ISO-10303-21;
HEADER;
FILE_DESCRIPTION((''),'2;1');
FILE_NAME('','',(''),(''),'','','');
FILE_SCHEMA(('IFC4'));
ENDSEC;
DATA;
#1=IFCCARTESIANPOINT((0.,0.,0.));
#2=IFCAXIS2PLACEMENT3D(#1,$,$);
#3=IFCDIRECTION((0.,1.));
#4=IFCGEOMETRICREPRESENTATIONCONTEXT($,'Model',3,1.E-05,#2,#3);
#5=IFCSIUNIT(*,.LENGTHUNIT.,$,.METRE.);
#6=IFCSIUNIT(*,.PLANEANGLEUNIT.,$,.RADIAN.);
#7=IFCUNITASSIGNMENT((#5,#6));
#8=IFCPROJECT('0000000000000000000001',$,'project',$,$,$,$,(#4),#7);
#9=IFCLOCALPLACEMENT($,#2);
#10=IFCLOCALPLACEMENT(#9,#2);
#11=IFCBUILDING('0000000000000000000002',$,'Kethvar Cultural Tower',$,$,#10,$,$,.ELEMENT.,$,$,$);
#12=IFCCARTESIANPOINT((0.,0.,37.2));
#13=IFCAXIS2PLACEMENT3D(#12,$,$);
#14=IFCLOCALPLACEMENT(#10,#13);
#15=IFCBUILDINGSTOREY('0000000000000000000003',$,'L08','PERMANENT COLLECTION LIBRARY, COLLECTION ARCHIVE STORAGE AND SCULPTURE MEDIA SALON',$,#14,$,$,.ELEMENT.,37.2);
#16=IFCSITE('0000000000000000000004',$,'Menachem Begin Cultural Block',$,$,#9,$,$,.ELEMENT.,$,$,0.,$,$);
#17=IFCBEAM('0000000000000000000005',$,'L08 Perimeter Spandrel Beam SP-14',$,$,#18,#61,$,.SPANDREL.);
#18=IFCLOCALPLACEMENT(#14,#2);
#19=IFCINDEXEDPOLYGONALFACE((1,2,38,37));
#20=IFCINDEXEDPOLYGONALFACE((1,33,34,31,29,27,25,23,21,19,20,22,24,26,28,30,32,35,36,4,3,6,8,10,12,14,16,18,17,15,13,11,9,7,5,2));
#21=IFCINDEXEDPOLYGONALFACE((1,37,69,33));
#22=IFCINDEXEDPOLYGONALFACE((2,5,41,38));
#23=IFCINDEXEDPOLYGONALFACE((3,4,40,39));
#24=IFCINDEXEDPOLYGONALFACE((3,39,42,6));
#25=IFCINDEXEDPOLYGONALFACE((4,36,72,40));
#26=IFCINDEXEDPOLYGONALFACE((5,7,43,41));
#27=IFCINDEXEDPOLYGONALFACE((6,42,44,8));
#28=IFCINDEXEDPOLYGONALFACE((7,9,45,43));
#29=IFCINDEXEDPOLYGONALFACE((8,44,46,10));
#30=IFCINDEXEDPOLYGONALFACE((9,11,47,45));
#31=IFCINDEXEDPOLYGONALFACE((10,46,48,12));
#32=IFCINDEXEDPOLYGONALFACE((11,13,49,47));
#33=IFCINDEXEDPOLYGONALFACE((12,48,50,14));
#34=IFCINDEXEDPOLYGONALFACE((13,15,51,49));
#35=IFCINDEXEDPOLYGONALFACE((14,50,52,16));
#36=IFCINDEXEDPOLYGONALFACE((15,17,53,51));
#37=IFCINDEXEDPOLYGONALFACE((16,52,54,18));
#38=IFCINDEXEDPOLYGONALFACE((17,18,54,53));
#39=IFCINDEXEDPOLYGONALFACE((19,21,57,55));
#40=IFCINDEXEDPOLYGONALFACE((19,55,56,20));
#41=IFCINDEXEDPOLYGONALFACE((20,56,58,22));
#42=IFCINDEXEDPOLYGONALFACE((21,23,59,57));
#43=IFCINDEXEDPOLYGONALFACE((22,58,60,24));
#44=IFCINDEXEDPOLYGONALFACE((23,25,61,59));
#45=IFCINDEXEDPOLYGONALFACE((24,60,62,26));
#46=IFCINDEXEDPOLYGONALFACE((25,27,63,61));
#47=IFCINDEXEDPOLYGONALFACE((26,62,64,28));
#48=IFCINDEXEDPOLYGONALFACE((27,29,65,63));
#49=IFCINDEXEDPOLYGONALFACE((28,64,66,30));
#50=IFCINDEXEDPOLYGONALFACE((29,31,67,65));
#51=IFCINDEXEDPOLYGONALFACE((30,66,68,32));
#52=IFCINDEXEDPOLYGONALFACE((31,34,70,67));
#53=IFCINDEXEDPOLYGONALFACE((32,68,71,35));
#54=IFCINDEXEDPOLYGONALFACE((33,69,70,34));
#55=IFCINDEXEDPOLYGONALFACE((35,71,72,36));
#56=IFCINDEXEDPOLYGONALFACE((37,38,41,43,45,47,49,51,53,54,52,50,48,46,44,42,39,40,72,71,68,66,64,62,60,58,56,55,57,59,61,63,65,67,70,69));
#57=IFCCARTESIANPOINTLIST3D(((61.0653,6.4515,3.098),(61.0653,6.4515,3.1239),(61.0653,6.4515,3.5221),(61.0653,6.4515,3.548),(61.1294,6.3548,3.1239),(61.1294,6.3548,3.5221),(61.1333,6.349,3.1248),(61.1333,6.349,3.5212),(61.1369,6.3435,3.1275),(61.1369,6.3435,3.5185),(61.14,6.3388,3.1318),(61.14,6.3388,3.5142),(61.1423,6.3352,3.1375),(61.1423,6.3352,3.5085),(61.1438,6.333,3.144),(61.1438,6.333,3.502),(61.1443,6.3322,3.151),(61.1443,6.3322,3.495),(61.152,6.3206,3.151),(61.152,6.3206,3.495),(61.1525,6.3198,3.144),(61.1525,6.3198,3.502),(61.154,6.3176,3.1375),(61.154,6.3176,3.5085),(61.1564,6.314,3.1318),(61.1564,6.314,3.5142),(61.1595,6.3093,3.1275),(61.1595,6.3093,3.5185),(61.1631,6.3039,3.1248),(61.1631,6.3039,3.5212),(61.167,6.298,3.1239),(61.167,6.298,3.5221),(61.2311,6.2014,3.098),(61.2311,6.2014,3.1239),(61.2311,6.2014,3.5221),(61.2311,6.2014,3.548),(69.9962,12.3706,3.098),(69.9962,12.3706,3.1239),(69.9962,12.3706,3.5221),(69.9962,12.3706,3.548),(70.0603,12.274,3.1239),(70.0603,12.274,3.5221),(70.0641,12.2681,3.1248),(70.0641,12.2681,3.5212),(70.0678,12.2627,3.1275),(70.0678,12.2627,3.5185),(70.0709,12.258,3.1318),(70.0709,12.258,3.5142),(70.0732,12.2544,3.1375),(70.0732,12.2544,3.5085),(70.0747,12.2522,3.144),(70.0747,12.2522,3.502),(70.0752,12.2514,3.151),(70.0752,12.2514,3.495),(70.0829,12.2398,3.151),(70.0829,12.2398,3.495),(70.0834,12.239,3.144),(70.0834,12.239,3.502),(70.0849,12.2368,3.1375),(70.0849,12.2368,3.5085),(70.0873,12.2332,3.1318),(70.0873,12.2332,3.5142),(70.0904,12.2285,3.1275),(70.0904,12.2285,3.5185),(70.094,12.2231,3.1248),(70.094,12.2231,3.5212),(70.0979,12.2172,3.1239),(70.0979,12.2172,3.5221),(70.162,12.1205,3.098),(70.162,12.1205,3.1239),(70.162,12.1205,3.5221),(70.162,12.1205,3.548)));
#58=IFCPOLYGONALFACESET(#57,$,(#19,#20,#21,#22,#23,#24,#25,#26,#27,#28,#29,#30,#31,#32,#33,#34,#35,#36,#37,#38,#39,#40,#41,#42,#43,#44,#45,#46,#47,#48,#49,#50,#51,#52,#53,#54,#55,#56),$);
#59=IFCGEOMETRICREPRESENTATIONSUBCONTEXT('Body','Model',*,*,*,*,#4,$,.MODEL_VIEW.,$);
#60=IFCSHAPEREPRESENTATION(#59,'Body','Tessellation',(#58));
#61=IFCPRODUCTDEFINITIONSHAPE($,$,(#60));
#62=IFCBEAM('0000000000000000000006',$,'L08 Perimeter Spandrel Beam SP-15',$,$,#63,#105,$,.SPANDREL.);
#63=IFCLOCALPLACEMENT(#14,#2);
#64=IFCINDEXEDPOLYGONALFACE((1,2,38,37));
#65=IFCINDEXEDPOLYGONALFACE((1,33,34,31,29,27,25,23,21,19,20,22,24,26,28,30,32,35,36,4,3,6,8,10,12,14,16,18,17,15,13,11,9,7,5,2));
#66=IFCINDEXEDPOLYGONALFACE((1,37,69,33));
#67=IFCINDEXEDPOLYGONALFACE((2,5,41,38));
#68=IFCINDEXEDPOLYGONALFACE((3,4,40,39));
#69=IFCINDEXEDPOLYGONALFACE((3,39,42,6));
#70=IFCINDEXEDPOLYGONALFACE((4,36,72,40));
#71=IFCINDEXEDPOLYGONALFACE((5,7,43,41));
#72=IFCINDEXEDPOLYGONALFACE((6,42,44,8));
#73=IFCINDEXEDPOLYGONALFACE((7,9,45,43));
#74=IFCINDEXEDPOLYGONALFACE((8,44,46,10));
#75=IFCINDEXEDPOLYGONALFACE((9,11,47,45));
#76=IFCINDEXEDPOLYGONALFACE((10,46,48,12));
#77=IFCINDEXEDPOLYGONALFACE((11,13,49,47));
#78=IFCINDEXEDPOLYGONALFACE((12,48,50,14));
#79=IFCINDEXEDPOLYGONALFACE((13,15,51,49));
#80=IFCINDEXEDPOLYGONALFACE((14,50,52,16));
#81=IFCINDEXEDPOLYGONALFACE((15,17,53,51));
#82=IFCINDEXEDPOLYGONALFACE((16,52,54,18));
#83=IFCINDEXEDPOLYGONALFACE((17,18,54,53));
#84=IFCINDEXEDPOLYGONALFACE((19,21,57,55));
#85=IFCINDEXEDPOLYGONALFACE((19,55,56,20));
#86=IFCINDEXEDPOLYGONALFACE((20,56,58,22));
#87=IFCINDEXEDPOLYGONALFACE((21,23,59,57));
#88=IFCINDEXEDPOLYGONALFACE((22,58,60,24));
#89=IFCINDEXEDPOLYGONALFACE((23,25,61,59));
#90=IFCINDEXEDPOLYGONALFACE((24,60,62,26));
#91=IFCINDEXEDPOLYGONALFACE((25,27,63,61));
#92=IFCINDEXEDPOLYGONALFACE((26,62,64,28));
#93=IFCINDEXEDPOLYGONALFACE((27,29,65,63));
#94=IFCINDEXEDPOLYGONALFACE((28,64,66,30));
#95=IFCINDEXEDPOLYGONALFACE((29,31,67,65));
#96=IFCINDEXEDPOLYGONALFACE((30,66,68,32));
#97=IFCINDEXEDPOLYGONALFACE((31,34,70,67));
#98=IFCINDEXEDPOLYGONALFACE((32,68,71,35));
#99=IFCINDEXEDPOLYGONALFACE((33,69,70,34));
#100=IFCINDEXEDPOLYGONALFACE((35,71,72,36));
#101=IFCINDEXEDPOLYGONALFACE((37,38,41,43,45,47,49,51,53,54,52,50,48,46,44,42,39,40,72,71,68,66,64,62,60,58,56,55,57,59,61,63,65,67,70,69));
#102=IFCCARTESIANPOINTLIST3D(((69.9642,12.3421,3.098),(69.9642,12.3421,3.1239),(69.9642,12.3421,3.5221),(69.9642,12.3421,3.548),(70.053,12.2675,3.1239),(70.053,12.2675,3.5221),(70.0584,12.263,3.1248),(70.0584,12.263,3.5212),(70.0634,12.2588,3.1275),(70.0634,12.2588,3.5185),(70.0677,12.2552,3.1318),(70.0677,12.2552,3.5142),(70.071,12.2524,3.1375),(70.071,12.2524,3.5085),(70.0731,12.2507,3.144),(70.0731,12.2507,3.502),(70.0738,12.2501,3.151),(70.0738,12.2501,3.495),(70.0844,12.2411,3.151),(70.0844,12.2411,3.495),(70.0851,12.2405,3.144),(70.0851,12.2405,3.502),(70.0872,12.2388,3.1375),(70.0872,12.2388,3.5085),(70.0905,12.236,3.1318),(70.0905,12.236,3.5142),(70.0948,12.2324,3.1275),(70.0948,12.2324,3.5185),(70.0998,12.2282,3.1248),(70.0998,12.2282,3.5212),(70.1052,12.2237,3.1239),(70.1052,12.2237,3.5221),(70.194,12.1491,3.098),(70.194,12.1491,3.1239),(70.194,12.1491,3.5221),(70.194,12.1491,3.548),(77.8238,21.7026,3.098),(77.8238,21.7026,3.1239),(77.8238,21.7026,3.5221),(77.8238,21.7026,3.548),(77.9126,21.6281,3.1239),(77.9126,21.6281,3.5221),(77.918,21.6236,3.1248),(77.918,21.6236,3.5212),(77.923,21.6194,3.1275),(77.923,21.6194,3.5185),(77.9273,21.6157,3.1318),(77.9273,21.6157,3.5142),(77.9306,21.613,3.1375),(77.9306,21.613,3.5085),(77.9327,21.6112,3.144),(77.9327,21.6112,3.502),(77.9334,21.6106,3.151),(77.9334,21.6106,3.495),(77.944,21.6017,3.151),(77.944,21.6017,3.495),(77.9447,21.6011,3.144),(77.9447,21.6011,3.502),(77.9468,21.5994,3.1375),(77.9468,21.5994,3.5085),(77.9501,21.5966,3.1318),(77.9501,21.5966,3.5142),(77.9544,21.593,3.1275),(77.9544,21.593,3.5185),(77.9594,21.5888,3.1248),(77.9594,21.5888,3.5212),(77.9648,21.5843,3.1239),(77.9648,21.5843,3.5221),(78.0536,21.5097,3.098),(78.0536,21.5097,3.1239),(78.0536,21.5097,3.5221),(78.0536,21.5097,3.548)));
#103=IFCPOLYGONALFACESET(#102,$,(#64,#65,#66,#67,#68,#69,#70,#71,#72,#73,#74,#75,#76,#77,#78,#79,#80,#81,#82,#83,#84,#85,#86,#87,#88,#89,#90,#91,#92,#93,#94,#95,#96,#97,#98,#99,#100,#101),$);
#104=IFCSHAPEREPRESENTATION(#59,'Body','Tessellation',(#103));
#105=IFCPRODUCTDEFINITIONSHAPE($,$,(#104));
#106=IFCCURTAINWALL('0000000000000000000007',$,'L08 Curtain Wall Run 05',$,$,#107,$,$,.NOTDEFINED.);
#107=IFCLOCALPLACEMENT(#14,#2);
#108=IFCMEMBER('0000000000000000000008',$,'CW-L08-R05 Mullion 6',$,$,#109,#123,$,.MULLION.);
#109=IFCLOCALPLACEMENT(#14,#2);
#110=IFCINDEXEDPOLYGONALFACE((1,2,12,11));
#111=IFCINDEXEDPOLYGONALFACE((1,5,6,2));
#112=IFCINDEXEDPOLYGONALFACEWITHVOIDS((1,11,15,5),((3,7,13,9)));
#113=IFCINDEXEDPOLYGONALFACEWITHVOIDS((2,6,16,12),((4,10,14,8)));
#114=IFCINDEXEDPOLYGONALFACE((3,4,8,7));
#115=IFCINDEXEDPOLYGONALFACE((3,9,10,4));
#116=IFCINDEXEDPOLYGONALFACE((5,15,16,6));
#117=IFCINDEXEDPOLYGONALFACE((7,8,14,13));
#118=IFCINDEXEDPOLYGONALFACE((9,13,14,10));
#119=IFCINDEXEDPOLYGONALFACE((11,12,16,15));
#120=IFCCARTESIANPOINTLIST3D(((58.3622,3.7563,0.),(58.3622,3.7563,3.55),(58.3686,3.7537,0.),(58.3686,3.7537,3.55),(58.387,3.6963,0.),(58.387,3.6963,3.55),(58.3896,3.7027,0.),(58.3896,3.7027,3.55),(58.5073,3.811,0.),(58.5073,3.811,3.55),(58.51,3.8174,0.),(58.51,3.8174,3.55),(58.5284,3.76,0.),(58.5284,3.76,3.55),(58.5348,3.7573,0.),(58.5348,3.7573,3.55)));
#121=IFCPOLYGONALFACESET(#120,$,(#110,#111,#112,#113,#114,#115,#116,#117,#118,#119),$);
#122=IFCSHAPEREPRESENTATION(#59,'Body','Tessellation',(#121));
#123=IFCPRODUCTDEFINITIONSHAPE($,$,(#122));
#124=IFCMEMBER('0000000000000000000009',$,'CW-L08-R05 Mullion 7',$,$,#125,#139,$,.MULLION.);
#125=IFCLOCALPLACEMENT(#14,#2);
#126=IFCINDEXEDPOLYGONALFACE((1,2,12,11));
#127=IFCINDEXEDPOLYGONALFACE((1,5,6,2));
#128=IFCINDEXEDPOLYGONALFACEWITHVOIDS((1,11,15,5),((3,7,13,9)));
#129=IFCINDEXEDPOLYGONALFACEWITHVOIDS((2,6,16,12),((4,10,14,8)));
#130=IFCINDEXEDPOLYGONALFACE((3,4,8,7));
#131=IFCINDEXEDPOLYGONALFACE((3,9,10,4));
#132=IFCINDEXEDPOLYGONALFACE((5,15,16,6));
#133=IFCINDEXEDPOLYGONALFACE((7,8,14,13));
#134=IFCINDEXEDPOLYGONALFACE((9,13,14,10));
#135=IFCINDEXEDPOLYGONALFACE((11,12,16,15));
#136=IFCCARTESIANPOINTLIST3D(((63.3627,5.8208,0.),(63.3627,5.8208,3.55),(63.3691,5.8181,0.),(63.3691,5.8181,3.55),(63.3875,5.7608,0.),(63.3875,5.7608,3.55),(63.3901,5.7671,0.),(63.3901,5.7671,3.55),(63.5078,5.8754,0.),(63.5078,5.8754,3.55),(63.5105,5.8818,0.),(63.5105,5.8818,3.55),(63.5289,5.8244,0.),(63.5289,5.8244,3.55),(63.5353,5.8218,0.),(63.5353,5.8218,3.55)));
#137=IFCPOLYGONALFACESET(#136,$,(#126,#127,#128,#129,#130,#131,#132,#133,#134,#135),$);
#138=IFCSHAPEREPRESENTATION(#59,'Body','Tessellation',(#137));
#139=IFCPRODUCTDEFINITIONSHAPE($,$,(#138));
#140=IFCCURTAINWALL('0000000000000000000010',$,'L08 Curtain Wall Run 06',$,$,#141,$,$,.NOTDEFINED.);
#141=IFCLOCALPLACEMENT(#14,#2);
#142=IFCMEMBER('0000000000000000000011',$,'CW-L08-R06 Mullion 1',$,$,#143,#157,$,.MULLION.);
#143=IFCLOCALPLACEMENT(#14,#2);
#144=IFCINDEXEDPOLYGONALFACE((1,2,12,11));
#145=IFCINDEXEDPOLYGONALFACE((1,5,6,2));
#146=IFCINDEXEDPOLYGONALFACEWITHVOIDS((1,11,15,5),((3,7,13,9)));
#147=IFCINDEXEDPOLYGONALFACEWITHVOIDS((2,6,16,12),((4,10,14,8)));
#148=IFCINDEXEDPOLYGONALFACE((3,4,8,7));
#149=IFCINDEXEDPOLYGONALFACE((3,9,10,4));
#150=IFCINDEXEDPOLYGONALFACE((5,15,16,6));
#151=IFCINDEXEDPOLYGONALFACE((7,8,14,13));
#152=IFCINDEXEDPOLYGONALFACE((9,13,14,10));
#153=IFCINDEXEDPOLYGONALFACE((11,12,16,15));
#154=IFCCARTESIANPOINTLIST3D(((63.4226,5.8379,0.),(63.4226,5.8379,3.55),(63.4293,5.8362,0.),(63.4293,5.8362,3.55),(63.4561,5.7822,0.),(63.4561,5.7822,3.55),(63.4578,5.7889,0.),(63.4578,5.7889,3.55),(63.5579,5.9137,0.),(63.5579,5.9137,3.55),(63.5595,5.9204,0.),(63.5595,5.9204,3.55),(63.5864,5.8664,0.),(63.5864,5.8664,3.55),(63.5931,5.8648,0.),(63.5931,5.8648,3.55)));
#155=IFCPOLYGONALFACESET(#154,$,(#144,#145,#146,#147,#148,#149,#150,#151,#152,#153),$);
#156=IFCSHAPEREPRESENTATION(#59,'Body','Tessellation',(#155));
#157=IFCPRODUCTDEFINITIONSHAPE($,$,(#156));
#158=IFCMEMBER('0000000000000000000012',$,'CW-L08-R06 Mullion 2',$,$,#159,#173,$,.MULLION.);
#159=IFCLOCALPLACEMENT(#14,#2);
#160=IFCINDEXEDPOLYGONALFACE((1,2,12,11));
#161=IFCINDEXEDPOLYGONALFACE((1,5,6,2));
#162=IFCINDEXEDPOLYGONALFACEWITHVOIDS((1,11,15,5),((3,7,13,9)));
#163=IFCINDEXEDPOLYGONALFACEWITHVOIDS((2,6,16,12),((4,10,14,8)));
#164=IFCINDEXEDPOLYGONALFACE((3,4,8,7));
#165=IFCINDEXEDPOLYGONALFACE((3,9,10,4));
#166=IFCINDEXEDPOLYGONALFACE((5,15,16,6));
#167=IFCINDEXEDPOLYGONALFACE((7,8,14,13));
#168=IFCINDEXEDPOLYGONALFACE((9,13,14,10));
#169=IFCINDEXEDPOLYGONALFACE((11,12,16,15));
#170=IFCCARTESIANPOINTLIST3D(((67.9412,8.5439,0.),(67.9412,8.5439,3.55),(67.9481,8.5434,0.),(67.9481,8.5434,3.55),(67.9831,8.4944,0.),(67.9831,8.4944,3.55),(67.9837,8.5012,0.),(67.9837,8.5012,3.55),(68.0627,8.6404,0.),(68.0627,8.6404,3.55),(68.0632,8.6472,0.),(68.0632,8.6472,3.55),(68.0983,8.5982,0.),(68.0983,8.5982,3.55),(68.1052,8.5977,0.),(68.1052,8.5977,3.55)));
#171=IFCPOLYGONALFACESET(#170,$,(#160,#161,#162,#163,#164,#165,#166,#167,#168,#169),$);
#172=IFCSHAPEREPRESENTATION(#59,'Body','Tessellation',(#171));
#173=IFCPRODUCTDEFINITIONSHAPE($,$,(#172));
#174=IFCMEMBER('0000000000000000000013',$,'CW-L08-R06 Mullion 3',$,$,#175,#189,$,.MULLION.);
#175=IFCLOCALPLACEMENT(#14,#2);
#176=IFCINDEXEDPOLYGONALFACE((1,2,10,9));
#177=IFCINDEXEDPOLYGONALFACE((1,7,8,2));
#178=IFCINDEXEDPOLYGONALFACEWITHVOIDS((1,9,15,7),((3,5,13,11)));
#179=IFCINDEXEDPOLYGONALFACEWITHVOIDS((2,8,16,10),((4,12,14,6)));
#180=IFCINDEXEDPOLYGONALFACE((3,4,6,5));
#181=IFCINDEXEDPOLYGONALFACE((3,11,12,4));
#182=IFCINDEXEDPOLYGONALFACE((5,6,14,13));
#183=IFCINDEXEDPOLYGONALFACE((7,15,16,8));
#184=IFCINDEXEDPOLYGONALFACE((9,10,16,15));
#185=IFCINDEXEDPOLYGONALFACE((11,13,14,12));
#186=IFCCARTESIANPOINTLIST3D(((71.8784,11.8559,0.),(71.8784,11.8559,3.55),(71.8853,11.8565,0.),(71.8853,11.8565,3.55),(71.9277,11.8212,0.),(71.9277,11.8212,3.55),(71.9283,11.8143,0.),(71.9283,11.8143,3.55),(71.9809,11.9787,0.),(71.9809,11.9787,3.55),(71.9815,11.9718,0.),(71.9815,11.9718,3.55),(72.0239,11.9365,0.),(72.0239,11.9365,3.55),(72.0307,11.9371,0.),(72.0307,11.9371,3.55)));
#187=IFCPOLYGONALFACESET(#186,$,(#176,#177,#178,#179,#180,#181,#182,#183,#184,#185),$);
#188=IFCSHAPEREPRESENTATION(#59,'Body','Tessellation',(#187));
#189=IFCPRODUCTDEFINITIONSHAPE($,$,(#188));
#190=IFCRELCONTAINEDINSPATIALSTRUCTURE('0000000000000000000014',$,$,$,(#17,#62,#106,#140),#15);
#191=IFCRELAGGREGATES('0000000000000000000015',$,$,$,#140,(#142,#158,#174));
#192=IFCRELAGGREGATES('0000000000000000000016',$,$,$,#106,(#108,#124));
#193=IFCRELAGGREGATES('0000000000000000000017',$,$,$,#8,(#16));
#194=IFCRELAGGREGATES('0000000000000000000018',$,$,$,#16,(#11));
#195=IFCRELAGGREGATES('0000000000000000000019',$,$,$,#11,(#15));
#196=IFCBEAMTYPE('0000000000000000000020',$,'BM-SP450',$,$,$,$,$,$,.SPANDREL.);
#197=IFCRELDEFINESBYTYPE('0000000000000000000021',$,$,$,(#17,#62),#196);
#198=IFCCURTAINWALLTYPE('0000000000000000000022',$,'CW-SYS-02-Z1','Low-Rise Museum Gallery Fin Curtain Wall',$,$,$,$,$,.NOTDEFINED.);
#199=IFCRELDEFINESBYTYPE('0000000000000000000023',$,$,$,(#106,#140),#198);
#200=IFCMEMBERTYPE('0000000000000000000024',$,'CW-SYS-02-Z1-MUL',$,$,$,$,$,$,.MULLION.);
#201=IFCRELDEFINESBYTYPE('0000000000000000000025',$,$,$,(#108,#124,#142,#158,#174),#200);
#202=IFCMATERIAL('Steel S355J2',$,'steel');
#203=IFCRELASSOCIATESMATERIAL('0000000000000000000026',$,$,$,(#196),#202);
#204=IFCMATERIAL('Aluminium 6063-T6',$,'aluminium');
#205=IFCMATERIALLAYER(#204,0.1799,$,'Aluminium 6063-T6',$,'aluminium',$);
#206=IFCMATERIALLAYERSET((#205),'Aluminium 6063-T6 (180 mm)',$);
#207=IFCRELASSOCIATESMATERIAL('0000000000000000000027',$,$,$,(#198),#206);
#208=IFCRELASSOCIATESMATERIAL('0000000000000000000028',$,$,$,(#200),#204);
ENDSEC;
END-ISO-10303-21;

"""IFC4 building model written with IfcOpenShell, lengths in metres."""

from ifc_helpers import new_model, si_unit, direction, frame, origin, origin_2d, place, context, subcontext, project, spatial, hollow_rectangle, i_section, extrude, source, transform, mapped, material, layer, layer_set, material_profile, profile_set, type_object, element, aggregate, save


model = new_model("IFC4")

# Units and contexts
model_context = context("Model", 3, precision=1e-05, world=origin(), true_north=direction((0.0, 1.0)))
body_context = subcontext(model_context, "Body", "Model", "MODEL_VIEW")
ifc_project = project(units=[si_unit("LENGTHUNIT", "METRE"), si_unit("PLANEANGLEUNIT", "RADIAN")], contexts=[model_context])

# Site, building, storey
site_placement = place(None, origin())
site = spatial("IfcSite", under=ifc_project, at=site_placement, Name="Menachem Begin Cultural Block", CompositionType="ELEMENT", RefElevation=0.0)
building_placement = place(site_placement, origin())
building = spatial("IfcBuilding", under=site, at=building_placement, Name="Kethvar Cultural Tower", CompositionType="ELEMENT")
storey_placement = place(building_placement, frame((0.0, 0.0, 37.2)))
storey = spatial("IfcBuildingStorey", under=building, at=storey_placement, Name="L08", Description="PERMANENT COLLECTION LIBRARY, COLLECTION ARCHIVE STORAGE AND SCULPTURE MEDIA SALON", CompositionType="ELEMENT", Elevation=37.2)

# Beams
ifc_material_1 = material(Name="Steel S355J2", Category="steel")
ifc_material_profile_1 = material_profile(ifc_material_1, i_section(OverallWidth=0.3, OverallDepth=0.45, WebThickness=0.0139, FlangeThickness=0.0259, FilletRadius=0.0271, at=origin_2d()), Name="Steel S355J2 — HEB450")
ifc_profile_set_1 = profile_set([ifc_material_profile_1], Name="Steel S355J2 — HEB450")
beam_type_1 = type_object("IfcBeamType", Name="BM-SP450", PredefinedType="SPANDREL", material=ifc_profile_set_1)
shared_shape_1 = source(origin(), body_context, "Body", "SweptSolid", [
    extrude(i_section(OverallWidth=0.3, OverallDepth=0.45, WebThickness=0.0139, FlangeThickness=0.0259, FilletRadius=0.0271, at=origin_2d()), origin(), (0.0, 0.0, 1.0), 10.7144),
])
beam_1_placement = place(storey_placement, frame((61.1482, 6.3264, 3.323), z_axis=(0.833544, 0.552453, 0.0), x_axis=(-0.552453, 0.833544, 0.0)))
element("IfcBeam", 1, at=beam_1_placement, inside=storey, type_object=beam_type_1, Name="L08 Perimeter Spandrel Beam SP-14", PredefinedType="SPANDREL", context=body_context, shape_type="MappedRepresentation", body=[
    mapped(shared_shape_1, transform((0.0, 0.0, 0.0), scale=1.0)),
])
shared_shape_2 = source(origin(), body_context, "Body", "SweptSolid", [
    extrude(i_section(OverallWidth=0.3, OverallDepth=0.45, WebThickness=0.0139, FlangeThickness=0.0259, FilletRadius=0.0271, at=origin_2d()), origin(), (0.0, 0.0, 1.0), 12.2227),
])
beam_2_placement = place(storey_placement, frame((70.0791, 12.2456, 3.323), z_axis=(0.643035, 0.765837, 0.0), x_axis=(-0.765837, 0.643035, 0.0)))
element("IfcBeam", 2, at=beam_2_placement, inside=storey, type_object=beam_type_1, Name="L08 Perimeter Spandrel Beam SP-15", PredefinedType="SPANDREL", context=body_context, shape_type="MappedRepresentation", body=[
    mapped(shared_shape_2, transform((0.0, 0.0, 0.0), scale=1.0)),
])

# Curtain walls, members
ifc_material_2 = material(Name="Aluminium 6063-T6", Category="aluminium")
ifc_layer_1 = layer(ifc_material_2, 0.1799, Name="Aluminium 6063-T6", Category="aluminium")
ifc_layer_set_1 = layer_set([ifc_layer_1], Name="Aluminium 6063-T6 (180 mm)")
curtain_wall_type = type_object("IfcCurtainWallType", Name="CW-SYS-02-Z1", Description="Low-Rise Museum Gallery Fin Curtain Wall", PredefinedType="NOTDEFINED", material=ifc_layer_set_1)
curtain_wall_1_placement = place(storey_placement, origin())
curtain_wall_1 = element("IfcCurtainWall", 3, at=curtain_wall_1_placement, inside=storey, type_object=curtain_wall_type, Name="L08 Curtain Wall Run 05", PredefinedType="NOTDEFINED")
ifc_material_profile_2 = material_profile(ifc_material_2, hollow_rectangle(XDim=0.0649, YDim=0.1599, WallThickness=0.0049, at=origin_2d()), Name="Aluminium 6063-T6 — RHS160x65x5")
ifc_profile_set_2 = profile_set([ifc_material_profile_2], Name="Aluminium 6063-T6 — RHS160x65x5")
member_type_1 = type_object("IfcMemberType", Name="CW-SYS-02-Z1-MUL", PredefinedType="MULLION", material=ifc_profile_set_2)
shared_shape_3 = source(origin(), body_context, "Body", "SweptSolid", [
    extrude(hollow_rectangle(XDim=0.0649, YDim=0.1599, WallThickness=0.0049, at=origin_2d()), origin(), (0.0, 0.0, 1.0), 3.55),
])
member_1_placement = place(storey_placement, frame((58.4485, 3.7568, 0.0), z_axis=(0.0, 0.0, 1.0), x_axis=(-0.381635, 0.924313, 0.0)))
member_1 = element("IfcMember", 4, at=member_1_placement, type_object=member_type_1, Name="CW-L08-R05 Mullion 6", PredefinedType="MULLION", context=body_context, shape_type="MappedRepresentation", body=[
    mapped(shared_shape_3, transform((0.0, 0.0, 0.0), scale=1.0)),
])
member_2_placement = place(storey_placement, frame((63.449, 5.8213, 0.0), z_axis=(0.0, 0.0, 1.0), x_axis=(-0.381635, 0.924313, 0.0)))
member_2 = element("IfcMember", 5, at=member_2_placement, type_object=member_type_1, Name="CW-L08-R05 Mullion 7", PredefinedType="MULLION", context=body_context, shape_type="MappedRepresentation", body=[
    mapped(shared_shape_3, transform((0.0, 0.0, 0.0), scale=1.0)),
])
curtain_wall_2_placement = place(storey_placement, origin())
curtain_wall_2 = element("IfcCurtainWall", 6, at=curtain_wall_2_placement, inside=storey, type_object=curtain_wall_type, Name="L08 Curtain Wall Run 06", PredefinedType="NOTDEFINED")
member_3_placement = place(storey_placement, frame((63.5078, 5.8513, 0.0), z_axis=(0.0, 0.0, 1.0), x_axis=(-0.516219, 0.856456, 0.0)))
member_3 = element("IfcMember", 7, at=member_3_placement, type_object=member_type_1, Name="CW-L08-R06 Mullion 1", PredefinedType="MULLION", context=body_context, shape_type="MappedRepresentation", body=[
    mapped(shared_shape_3, transform((0.0, 0.0, 0.0), scale=1.0)),
])
member_4_placement = place(storey_placement, frame((68.0232, 8.5708, 0.0), z_axis=(0.0, 0.0, 1.0), x_axis=(-0.646097, 0.763255, 0.0)))
member_4 = element("IfcMember", 8, at=member_4_placement, type_object=member_type_1, Name="CW-L08-R06 Mullion 2", PredefinedType="MULLION", context=body_context, shape_type="MappedRepresentation", body=[
    mapped(shared_shape_3, transform((0.0, 0.0, 0.0), scale=1.0)),
])
member_5_placement = place(storey_placement, frame((71.9546, 11.8965, 0.0), z_axis=(0.0, 0.0, 1.0), x_axis=(-0.767937, 0.640525, 0.0)))
member_5 = element("IfcMember", 9, at=member_5_placement, type_object=member_type_1, Name="CW-L08-R06 Mullion 3", PredefinedType="MULLION", context=body_context, shape_type="MappedRepresentation", body=[
    mapped(shared_shape_3, transform((0.0, 0.0, 0.0), scale=1.0)),
])

aggregate(curtain_wall_2, [member_3, member_4, member_5])
aggregate(curtain_wall_1, [member_1, member_2])

save(model, "model.ifc")
